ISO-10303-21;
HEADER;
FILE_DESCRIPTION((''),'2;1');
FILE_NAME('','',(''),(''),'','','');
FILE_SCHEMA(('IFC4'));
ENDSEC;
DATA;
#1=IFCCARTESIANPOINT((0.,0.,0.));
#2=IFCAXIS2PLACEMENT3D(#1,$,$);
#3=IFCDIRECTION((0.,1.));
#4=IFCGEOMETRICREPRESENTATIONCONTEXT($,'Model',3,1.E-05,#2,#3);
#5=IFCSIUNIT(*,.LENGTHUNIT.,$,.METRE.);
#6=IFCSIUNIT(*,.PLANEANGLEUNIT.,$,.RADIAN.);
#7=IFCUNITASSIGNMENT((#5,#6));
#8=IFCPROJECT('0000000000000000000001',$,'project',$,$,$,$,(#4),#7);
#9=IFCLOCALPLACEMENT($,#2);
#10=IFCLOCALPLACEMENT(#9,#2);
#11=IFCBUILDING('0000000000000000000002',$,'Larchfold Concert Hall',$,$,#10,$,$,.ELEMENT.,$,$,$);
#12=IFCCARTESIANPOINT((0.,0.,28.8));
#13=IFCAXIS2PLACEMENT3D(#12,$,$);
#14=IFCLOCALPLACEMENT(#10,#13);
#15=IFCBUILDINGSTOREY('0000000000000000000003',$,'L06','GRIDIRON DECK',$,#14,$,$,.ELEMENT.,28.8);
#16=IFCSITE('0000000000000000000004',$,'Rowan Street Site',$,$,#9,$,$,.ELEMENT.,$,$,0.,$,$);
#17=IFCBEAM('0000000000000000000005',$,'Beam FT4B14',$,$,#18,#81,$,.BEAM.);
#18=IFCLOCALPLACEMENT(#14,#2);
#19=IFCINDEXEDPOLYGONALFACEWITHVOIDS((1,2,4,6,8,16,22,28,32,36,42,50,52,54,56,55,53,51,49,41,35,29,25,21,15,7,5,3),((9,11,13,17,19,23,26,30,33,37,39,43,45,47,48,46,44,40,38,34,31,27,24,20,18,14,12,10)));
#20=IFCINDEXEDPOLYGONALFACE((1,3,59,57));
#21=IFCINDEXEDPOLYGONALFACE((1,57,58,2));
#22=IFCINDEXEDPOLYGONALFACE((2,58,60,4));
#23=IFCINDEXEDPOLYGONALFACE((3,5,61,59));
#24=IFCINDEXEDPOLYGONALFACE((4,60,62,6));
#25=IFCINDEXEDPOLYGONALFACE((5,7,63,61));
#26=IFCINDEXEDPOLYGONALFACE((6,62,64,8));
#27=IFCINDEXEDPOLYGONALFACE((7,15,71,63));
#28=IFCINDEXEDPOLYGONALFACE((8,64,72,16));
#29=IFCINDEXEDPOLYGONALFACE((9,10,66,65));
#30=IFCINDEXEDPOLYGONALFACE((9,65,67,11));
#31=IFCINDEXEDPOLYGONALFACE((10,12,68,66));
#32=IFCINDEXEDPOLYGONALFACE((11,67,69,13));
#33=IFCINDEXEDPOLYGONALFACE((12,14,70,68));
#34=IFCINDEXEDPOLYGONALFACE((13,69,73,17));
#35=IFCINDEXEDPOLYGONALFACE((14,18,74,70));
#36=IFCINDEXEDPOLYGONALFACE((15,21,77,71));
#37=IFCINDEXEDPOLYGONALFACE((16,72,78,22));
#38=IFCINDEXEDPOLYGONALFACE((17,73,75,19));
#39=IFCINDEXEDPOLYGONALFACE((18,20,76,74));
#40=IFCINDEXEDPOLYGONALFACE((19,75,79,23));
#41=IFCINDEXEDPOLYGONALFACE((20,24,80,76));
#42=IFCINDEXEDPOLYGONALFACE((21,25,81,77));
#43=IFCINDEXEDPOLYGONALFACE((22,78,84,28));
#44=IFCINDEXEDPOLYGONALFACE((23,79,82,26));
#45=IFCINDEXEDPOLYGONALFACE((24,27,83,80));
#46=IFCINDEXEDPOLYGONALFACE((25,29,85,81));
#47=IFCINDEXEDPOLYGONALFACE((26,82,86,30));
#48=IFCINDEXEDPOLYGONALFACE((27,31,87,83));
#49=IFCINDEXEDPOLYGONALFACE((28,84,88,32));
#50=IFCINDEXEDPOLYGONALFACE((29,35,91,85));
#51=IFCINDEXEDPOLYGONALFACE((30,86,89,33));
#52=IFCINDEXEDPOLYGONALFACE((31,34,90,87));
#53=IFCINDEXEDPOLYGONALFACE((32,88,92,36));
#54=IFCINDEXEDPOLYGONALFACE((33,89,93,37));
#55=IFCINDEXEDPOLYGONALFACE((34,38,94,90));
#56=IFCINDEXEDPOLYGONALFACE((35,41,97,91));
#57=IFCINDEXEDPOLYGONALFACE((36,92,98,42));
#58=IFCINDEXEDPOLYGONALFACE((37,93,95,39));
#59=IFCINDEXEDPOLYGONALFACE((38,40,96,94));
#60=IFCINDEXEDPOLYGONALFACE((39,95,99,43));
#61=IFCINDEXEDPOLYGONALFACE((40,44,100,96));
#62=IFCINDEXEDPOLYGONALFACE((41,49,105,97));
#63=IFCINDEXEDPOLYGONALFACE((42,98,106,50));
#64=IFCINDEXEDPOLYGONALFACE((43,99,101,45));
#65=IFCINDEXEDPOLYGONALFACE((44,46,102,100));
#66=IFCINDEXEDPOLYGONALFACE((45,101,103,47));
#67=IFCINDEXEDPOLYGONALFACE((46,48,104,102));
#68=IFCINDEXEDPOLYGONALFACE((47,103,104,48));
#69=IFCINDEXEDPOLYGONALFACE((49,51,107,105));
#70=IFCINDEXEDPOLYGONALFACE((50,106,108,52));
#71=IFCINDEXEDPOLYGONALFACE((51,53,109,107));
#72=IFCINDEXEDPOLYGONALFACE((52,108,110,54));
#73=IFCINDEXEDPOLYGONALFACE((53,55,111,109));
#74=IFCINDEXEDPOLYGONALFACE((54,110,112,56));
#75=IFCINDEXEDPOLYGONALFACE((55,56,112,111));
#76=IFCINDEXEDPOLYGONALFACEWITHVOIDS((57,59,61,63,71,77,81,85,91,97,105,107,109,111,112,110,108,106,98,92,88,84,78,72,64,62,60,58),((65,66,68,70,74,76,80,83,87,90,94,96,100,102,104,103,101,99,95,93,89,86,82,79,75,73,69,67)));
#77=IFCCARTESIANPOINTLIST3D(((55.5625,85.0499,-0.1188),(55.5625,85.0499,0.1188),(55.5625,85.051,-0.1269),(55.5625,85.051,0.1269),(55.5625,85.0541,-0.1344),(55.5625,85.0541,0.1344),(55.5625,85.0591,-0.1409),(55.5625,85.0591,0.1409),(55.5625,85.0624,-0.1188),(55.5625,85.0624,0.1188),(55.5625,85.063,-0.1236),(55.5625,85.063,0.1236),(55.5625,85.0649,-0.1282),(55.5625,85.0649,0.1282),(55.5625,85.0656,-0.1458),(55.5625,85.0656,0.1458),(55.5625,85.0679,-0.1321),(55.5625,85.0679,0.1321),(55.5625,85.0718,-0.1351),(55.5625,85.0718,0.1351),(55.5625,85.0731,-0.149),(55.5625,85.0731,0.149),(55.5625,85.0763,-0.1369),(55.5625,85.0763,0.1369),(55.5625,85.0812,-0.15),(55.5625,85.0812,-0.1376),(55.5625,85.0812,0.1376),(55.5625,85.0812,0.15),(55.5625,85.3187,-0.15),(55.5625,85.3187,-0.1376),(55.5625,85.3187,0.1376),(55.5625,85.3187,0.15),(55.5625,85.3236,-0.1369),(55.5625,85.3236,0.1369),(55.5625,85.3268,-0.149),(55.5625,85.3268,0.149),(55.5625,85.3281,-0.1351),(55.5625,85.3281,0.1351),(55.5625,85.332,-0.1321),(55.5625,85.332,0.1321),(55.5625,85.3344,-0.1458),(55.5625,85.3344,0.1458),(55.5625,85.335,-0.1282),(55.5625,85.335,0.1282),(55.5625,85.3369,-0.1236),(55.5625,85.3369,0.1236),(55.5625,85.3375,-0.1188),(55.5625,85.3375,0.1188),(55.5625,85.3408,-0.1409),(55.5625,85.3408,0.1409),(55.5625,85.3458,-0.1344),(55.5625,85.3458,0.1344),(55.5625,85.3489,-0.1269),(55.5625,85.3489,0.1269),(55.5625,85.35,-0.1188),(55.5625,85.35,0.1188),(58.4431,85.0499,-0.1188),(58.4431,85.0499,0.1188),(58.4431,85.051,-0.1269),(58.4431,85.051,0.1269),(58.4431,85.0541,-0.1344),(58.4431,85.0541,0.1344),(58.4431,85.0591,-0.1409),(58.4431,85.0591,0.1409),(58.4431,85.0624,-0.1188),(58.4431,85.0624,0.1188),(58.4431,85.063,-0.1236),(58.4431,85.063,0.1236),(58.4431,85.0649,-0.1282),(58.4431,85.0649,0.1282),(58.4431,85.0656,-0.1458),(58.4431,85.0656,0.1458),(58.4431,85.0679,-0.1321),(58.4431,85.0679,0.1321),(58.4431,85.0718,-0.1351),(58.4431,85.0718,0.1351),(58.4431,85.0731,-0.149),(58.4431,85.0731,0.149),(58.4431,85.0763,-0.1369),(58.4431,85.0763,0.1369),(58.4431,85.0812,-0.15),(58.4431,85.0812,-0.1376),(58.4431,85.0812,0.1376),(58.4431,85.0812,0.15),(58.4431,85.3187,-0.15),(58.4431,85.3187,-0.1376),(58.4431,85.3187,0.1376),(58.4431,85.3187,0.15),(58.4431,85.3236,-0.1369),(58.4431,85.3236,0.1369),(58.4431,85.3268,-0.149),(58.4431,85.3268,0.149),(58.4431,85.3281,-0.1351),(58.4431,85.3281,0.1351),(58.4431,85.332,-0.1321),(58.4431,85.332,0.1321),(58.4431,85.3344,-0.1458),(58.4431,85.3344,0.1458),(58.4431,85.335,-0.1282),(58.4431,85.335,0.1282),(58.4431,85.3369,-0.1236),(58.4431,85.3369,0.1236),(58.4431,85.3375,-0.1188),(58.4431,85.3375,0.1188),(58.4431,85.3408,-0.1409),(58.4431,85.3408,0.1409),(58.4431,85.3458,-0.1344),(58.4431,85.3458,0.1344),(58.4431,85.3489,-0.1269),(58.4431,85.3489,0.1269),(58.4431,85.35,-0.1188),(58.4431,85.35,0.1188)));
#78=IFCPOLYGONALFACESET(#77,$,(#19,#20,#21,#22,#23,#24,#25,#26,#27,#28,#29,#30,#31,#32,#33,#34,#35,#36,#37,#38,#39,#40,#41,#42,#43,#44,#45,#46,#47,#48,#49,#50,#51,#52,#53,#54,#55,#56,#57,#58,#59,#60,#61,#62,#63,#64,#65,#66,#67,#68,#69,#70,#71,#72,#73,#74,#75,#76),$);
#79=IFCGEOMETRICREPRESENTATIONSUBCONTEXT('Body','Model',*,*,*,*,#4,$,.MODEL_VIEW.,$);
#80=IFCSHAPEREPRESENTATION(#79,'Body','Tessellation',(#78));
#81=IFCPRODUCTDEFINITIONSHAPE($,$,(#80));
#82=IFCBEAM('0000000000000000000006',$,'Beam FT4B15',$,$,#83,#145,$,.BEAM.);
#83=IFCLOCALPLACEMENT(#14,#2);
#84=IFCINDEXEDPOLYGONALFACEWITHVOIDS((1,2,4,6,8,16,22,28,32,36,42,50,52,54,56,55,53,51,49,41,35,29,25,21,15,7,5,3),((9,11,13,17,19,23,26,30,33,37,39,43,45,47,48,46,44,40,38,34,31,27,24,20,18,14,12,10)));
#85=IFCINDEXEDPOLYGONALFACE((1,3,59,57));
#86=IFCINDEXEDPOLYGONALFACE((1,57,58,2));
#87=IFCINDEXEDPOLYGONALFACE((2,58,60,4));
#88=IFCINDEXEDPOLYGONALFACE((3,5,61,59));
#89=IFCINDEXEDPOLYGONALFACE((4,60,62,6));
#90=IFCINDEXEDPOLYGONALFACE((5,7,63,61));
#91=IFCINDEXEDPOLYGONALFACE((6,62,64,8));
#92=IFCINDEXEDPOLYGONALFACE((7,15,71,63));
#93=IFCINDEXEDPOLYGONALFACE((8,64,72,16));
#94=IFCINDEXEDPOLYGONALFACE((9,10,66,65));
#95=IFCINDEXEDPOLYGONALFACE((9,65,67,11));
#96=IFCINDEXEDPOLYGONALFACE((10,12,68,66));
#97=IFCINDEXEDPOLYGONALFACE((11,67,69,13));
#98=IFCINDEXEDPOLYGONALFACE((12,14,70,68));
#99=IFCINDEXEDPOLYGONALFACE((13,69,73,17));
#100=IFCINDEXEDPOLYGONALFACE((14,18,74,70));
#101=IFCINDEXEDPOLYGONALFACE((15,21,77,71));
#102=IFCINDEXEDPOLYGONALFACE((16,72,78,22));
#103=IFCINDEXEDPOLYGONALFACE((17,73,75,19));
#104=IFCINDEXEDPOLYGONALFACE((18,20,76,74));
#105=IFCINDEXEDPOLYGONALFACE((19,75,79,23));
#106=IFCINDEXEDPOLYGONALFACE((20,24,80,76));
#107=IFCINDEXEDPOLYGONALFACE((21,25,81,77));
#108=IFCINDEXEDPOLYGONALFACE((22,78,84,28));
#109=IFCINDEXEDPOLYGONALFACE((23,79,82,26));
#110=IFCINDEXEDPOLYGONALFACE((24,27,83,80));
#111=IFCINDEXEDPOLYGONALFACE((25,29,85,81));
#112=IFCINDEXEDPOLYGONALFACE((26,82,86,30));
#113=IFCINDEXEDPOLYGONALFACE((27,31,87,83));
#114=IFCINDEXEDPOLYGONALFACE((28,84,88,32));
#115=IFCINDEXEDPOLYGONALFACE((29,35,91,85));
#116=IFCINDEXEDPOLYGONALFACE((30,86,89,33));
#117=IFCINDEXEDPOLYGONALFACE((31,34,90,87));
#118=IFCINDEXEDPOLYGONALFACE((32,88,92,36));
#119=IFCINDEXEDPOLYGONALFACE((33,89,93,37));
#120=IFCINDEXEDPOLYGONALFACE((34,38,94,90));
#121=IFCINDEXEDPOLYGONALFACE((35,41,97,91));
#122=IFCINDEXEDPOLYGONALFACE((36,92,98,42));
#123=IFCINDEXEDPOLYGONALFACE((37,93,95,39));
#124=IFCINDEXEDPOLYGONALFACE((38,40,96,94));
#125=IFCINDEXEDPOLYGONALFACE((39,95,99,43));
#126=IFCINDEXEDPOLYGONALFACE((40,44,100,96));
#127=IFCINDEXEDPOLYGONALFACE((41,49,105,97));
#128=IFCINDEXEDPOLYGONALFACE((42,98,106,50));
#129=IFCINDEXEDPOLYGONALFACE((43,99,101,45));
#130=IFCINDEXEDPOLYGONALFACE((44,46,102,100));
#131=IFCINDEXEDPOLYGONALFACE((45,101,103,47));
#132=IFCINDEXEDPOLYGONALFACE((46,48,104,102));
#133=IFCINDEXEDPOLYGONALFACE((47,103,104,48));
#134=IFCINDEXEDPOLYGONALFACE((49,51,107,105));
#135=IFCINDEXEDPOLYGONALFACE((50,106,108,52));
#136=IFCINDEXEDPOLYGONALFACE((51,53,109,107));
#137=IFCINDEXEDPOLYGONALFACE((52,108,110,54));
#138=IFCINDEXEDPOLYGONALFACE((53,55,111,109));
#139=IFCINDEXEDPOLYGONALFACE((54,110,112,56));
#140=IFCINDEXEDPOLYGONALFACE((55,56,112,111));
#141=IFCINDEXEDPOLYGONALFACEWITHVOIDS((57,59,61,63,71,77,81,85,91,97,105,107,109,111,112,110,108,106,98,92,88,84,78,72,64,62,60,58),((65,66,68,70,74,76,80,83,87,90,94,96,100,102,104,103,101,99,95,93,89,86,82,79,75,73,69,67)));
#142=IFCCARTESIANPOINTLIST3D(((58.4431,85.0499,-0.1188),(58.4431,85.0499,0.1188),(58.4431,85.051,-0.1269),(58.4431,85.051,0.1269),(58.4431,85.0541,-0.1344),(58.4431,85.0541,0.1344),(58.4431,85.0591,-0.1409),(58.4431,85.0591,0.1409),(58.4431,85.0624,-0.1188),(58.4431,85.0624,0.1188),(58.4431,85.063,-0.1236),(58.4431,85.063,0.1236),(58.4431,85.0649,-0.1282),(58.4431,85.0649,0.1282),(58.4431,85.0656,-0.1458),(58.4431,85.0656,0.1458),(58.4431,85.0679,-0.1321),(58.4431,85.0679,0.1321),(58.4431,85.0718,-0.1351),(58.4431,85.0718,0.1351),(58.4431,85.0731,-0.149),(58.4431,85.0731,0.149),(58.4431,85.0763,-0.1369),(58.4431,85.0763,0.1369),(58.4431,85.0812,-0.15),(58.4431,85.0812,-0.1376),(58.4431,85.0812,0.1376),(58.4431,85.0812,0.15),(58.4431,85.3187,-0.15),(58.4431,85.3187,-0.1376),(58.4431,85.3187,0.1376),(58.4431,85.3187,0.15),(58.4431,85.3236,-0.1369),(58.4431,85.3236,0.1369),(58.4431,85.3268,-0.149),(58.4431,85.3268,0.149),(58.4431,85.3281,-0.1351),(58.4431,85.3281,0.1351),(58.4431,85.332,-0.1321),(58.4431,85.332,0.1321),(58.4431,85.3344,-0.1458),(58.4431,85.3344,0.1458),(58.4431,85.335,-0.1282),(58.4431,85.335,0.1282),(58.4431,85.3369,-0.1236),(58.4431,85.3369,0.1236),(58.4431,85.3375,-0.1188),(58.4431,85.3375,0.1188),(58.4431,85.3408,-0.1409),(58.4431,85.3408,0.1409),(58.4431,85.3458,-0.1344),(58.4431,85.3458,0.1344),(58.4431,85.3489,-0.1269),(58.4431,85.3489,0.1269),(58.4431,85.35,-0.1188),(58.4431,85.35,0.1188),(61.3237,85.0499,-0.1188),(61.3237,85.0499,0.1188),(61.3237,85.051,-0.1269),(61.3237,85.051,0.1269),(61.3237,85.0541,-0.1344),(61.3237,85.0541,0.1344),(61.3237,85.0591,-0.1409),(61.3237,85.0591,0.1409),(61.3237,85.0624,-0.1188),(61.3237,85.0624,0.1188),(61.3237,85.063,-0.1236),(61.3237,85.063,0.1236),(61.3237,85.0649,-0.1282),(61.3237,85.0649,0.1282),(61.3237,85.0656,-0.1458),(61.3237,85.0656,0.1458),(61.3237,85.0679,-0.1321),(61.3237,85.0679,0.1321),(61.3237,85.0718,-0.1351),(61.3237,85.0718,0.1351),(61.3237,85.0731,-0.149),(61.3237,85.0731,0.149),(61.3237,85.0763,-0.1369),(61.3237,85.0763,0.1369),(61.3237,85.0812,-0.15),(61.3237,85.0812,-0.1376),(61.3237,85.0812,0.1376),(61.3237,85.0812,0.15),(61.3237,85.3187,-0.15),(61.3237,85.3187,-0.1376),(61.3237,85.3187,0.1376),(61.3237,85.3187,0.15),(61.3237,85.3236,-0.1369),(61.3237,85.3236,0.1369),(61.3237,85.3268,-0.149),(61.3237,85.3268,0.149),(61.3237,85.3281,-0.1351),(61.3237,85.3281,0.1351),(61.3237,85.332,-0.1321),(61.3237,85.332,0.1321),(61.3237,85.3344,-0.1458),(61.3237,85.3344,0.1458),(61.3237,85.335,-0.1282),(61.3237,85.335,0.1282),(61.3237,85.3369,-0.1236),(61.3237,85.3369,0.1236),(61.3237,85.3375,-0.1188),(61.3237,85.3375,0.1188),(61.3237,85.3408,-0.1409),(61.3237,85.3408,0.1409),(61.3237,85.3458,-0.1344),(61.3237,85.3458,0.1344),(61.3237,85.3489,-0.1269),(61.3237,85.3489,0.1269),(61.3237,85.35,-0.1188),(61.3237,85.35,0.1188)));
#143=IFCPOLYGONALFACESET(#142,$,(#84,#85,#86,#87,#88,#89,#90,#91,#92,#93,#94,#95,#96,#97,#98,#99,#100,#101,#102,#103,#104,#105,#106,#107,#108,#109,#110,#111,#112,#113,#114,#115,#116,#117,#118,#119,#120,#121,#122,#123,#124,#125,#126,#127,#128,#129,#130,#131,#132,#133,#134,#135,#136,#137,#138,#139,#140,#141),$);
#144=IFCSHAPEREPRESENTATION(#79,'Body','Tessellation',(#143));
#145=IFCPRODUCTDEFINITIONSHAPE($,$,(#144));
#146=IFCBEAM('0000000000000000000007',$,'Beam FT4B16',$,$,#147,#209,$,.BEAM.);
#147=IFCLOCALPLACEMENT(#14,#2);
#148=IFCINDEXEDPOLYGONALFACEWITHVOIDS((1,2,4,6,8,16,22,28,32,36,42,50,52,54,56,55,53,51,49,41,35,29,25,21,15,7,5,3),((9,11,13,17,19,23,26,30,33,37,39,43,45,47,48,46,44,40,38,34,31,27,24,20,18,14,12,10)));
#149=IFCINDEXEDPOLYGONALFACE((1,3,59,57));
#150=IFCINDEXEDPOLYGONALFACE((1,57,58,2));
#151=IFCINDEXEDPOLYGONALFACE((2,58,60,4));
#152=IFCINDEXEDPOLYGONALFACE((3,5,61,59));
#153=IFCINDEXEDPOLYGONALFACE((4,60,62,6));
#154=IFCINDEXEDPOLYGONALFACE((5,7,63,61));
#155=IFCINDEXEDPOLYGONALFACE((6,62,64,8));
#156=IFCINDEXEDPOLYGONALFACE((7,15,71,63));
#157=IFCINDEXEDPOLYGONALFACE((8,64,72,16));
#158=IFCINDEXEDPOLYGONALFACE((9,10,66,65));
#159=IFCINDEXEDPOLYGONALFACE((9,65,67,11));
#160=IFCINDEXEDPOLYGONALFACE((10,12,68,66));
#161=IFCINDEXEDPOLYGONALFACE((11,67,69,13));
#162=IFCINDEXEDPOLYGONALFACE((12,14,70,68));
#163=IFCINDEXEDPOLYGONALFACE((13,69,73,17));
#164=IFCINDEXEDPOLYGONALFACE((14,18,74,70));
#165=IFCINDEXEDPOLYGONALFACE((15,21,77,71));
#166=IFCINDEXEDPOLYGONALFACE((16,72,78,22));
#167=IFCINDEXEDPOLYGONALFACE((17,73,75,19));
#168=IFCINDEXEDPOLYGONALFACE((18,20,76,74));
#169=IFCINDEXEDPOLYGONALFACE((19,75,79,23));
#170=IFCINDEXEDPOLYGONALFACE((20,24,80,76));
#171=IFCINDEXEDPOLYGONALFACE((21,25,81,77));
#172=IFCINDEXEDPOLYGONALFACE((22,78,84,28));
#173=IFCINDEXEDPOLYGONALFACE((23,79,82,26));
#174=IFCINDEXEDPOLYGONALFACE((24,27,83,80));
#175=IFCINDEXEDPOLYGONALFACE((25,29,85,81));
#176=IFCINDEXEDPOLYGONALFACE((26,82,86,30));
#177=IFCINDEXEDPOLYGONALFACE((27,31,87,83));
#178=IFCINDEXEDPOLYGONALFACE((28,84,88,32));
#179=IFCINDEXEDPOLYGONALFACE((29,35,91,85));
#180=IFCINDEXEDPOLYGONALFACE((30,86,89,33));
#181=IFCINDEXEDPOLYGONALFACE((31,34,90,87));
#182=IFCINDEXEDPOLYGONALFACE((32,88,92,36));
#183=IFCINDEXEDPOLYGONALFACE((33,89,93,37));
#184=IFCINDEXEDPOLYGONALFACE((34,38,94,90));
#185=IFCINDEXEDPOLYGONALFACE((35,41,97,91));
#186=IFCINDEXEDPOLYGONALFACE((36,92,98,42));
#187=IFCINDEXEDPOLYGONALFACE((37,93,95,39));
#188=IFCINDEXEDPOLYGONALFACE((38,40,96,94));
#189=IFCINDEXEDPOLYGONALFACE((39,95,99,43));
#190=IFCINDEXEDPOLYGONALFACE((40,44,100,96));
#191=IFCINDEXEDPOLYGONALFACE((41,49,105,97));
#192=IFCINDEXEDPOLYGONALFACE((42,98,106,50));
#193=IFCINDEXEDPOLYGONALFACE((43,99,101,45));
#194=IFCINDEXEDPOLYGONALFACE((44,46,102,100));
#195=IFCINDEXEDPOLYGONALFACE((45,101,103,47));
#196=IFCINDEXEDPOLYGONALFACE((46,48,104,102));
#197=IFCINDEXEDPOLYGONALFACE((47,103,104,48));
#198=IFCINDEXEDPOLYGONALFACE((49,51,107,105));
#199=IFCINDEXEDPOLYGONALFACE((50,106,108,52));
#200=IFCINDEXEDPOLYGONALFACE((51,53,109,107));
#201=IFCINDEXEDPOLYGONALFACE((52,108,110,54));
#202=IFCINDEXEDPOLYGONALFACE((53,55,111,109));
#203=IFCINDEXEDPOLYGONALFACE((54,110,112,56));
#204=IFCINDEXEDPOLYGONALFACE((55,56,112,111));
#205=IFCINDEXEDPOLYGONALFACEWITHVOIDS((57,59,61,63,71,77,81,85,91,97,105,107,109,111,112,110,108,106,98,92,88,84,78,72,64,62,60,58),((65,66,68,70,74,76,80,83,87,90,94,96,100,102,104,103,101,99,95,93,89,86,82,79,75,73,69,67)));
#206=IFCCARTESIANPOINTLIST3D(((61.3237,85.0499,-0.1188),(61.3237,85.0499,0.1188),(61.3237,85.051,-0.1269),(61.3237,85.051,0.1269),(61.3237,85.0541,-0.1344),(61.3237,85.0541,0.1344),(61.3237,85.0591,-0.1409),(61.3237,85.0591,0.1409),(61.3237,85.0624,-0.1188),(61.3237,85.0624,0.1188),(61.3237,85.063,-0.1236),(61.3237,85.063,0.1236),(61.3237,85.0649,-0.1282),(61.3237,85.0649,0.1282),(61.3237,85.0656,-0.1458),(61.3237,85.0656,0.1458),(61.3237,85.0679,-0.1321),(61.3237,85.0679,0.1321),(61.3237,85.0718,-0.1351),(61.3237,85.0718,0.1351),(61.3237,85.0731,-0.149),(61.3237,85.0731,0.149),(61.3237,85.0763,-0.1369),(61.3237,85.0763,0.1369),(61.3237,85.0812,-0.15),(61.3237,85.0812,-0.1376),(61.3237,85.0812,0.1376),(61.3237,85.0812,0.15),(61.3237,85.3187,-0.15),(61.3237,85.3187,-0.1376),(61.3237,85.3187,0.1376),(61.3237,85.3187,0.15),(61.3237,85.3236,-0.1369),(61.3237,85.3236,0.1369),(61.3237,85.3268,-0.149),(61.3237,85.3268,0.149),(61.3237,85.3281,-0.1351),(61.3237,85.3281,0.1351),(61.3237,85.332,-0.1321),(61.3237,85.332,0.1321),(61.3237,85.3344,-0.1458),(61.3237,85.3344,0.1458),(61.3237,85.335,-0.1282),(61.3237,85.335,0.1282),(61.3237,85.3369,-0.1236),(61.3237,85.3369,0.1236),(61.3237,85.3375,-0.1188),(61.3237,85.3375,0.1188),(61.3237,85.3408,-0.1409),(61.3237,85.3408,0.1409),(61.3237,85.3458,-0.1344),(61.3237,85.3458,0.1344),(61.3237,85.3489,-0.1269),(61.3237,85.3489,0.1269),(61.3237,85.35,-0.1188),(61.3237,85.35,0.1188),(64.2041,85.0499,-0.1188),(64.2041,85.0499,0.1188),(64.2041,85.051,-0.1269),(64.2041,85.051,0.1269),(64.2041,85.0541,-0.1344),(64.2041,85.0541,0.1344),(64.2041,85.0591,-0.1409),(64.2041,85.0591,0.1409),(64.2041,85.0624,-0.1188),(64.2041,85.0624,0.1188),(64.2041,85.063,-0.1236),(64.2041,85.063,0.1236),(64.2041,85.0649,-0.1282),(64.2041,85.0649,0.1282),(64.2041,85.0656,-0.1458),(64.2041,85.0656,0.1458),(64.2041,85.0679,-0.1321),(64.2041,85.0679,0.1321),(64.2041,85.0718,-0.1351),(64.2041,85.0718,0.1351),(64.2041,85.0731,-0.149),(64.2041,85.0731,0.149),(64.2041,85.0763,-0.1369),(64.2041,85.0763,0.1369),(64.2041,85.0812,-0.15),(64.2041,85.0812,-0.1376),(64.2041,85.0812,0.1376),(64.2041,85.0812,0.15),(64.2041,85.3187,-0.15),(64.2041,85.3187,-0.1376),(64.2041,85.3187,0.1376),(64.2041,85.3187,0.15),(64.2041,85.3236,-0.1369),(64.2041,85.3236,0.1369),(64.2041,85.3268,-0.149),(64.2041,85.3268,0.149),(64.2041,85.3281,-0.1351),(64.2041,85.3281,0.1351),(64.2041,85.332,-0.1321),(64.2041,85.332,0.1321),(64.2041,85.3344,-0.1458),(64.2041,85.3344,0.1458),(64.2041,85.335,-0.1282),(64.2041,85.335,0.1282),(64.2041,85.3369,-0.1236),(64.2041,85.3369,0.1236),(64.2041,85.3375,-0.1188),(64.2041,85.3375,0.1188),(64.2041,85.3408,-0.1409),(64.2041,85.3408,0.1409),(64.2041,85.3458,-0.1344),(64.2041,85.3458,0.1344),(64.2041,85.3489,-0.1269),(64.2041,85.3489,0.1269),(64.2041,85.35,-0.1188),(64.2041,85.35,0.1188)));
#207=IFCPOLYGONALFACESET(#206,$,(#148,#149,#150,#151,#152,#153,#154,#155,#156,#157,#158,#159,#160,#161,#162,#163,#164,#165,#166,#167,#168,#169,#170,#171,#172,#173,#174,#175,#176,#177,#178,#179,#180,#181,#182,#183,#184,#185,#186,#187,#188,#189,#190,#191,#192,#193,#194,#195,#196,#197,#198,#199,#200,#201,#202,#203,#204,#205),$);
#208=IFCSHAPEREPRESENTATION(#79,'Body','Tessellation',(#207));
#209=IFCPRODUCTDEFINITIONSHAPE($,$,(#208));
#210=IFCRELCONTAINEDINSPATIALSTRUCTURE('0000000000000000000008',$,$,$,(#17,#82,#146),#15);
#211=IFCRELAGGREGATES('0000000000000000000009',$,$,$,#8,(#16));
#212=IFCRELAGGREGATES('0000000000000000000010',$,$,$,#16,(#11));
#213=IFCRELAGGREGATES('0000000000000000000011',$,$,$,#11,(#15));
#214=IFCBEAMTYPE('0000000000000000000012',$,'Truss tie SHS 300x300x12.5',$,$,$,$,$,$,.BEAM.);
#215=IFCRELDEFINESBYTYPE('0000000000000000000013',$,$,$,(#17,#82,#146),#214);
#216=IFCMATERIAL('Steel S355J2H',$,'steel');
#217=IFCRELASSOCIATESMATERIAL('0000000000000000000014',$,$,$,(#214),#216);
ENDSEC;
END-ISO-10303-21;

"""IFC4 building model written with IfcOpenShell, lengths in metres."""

from ifc_helpers import new_model, si_unit, direction, frame, origin, origin_2d, place, context, subcontext, project, spatial, hollow_rectangle, extrude, material, material_profile, profile_set, type_object, element, save


model = new_model("IFC4")

# Units and contexts
model_context = context("Model", 3, precision=1e-05, world=origin(), true_north=direction((0.0, 1.0)))
body_context = subcontext(model_context, "Body", "Model", "MODEL_VIEW")
ifc_project = project(units=[si_unit("LENGTHUNIT", "METRE"), si_unit("PLANEANGLEUNIT", "RADIAN")], contexts=[model_context])

# Site, building, storey
site_placement = place(None, origin())
site = spatial("IfcSite", under=ifc_project, at=site_placement, Name="Rowan Street Site", CompositionType="ELEMENT", RefElevation=0.0)
building_placement = place(site_placement, origin())
building = spatial("IfcBuilding", under=site, at=building_placement, Name="Larchfold Concert Hall", CompositionType="ELEMENT")
storey_placement = place(building_placement, frame((0.0, 0.0, 28.8)))
storey = spatial("IfcBuildingStorey", under=building, at=storey_placement, Name="L06", Description="GRIDIRON DECK", CompositionType="ELEMENT", Elevation=28.8)

# Beams
ifc_material_1 = material(Name="Steel S355J2H", Category="steel")
ifc_material_profile_1 = material_profile(ifc_material_1, hollow_rectangle(XDim=0.3, YDim=0.3, WallThickness=0.0125, InnerFilletRadius=0.0188, OuterFilletRadius=0.0312, at=origin_2d()))
ifc_profile_set_1 = profile_set([ifc_material_profile_1], Name="Steel S355J2H")
beam_type_1 = type_object("IfcBeamType", Name="Truss tie SHS 300x300x12.5", PredefinedType="BEAM", material=ifc_profile_set_1)
for number, where, z_axis, x_axis, name in (
    (1, (55.5625, 85.2, 0.0), (1.0, 0.0, 0.0), (0.0, 1.0, 0.0), "Beam FT4B14"),
    (2, (58.4431, 85.2, 0.0), (1.0, 0.0, 0.0), (0.0, 1.0, 0.0), "Beam FT4B15"),
):
    element("IfcBeam", number, at=place(storey_placement, frame(where, z_axis=z_axis, x_axis=x_axis)), inside=storey, type_object=beam_type_1, Name=name, PredefinedType="BEAM", context=body_context, shape_type="SweptSolid", body=[
        extrude(hollow_rectangle(XDim=0.3, YDim=0.3, WallThickness=0.0125, InnerFilletRadius=0.0188, OuterFilletRadius=0.0312, at=origin_2d()), origin(), (0.0, 0.0, 1.0), 2.8806),
    ])
beam_1_placement = place(storey_placement, frame((61.3237, 85.2, 0.0), z_axis=(1.0, 0.0, 0.0), x_axis=(0.0, 1.0, 0.0)))
element("IfcBeam", 3, at=beam_1_placement, inside=storey, type_object=beam_type_1, Name="Beam FT4B16", PredefinedType="BEAM", context=body_context, shape_type="SweptSolid", body=[
    extrude(hollow_rectangle(XDim=0.3, YDim=0.3, WallThickness=0.0125, InnerFilletRadius=0.0188, OuterFilletRadius=0.0312, at=origin_2d()), origin(), (0.0, 0.0, 1.0), 2.8804),
])

save(model, "model.ifc")
